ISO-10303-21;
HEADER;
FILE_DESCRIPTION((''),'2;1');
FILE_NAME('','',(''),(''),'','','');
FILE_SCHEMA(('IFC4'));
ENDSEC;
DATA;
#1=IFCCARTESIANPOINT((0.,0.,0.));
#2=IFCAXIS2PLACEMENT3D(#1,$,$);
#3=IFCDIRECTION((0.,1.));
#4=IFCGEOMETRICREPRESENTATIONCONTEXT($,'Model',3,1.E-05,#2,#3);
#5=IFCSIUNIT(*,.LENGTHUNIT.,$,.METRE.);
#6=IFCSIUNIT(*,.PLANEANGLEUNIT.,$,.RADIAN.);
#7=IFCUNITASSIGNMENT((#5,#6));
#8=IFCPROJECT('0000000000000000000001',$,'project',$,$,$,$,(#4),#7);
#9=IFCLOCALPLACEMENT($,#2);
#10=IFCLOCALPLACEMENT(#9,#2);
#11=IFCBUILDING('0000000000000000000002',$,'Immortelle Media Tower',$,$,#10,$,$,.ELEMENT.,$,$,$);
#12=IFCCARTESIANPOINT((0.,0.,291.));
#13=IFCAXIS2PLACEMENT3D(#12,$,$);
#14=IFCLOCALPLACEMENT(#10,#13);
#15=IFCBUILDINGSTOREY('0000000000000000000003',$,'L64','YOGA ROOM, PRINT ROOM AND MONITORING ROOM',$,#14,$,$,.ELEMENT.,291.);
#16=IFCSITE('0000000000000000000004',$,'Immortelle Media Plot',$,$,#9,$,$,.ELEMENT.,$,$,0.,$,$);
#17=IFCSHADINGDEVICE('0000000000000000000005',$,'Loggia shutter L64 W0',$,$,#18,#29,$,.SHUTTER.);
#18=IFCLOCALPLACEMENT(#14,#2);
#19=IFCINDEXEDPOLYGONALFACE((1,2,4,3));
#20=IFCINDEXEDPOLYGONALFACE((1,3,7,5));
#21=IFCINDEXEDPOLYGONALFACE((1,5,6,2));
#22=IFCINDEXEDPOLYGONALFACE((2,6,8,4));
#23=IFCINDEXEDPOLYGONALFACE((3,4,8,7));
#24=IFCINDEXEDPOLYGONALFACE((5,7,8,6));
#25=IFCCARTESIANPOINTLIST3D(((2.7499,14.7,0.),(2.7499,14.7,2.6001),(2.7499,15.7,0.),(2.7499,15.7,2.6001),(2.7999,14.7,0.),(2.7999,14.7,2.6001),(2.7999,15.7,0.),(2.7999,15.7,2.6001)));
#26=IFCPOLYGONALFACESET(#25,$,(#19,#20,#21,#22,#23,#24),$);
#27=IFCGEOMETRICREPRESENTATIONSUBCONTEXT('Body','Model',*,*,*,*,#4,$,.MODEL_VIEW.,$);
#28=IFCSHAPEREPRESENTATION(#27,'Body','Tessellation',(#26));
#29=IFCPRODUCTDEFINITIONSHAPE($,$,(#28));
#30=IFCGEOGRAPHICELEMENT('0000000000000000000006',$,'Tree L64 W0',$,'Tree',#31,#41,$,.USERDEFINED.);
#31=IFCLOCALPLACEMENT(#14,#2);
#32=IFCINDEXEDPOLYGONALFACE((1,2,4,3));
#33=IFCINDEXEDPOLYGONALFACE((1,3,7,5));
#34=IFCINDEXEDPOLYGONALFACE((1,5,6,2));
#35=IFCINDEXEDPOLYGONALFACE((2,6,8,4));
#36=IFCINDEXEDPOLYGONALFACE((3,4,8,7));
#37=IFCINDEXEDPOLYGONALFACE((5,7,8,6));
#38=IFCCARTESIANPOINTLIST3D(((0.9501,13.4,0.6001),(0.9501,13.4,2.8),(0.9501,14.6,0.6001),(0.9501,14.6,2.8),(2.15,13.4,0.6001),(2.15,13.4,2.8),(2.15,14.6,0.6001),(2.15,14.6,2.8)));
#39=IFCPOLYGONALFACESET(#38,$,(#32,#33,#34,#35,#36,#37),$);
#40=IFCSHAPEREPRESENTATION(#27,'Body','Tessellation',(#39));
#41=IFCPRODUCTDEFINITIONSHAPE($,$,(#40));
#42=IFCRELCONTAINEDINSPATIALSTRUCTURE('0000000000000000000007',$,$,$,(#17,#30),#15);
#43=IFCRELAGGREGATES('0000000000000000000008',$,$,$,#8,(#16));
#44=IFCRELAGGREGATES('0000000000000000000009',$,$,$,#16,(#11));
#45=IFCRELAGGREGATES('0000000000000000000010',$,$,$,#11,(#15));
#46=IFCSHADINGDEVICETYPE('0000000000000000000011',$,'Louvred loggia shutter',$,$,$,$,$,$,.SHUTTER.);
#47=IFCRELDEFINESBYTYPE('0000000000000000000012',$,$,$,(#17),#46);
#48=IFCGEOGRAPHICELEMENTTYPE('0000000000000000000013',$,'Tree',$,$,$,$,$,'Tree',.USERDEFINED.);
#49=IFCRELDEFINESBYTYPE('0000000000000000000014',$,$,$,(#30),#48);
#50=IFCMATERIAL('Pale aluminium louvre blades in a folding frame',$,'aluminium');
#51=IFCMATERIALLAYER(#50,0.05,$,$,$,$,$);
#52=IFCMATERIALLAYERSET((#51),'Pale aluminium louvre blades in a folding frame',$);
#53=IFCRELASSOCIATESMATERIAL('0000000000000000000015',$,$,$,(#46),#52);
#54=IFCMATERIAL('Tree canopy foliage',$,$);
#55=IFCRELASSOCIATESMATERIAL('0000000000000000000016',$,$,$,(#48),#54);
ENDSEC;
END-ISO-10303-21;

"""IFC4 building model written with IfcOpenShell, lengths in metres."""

from ifc_helpers import new_model, si_unit, direction, frame, origin, origin_2d, place, context, subcontext, project, spatial, rectangle, extrude, material, layer, layer_set, type_object, element, save


model = new_model("IFC4")

# Units and contexts
model_context = context("Model", 3, precision=1e-05, world=origin(), true_north=direction((0.0, 1.0)))
body_context = subcontext(model_context, "Body", "Model", "MODEL_VIEW")
ifc_project = project(units=[si_unit("LENGTHUNIT", "METRE"), si_unit("PLANEANGLEUNIT", "RADIAN")], contexts=[model_context])

# Site, building, storey
site_placement = place(None, origin())
site = spatial("IfcSite", under=ifc_project, at=site_placement, Name="Immortelle Media Plot", CompositionType="ELEMENT", RefElevation=0.0)
building_placement = place(site_placement, origin())
building = spatial("IfcBuilding", under=site, at=building_placement, Name="Immortelle Media Tower", CompositionType="ELEMENT")
storey_placement = place(building_placement, frame((0.0, 0.0, 291.0)))
storey = spatial("IfcBuildingStorey", under=building, at=storey_placement, Name="L64", Description="YOGA ROOM, PRINT ROOM AND MONITORING ROOM", CompositionType="ELEMENT", Elevation=291.0)

# Shading device
ifc_material_1 = material(Name="Pale aluminium louvre blades in a folding frame", Category="aluminium")
ifc_layer_1 = layer(ifc_material_1, 0.05)
ifc_layer_set_1 = layer_set([ifc_layer_1], Name="Pale aluminium louvre blades in a folding frame")
shading_device_type_1 = type_object("IfcShadingDeviceType", Name="Louvred loggia shutter", PredefinedType="SHUTTER", material=ifc_layer_set_1)
shading_device_1_placement = place(storey_placement, frame((2.7749, 15.2, 0.0), z_axis=(0.0, 0.0, 1.0), x_axis=(0.0, -1.0, 0.0)))
element("IfcShadingDevice", 1, at=shading_device_1_placement, inside=storey, type_object=shading_device_type_1, Name="Loggia shutter L64 W0", PredefinedType="SHUTTER", context=body_context, shape_type="SweptSolid", body=[
    extrude(rectangle(XDim=1.0, YDim=0.05, at=origin_2d()), origin(), (0.0, 0.0, 1.0), 2.6001),
])

# Geographic element
ifc_material_2 = material(Name="Tree canopy foliage")
geographic_element_type = type_object("IfcGeographicElementType", Name="Tree", ElementType="Tree", PredefinedType="USERDEFINED", material=ifc_material_2)
geographic_element_placement = place(storey_placement, frame((1.55, 14.0, 0.6001), z_axis=(0.0, 0.0, 1.0), x_axis=(1.0, 0.0, 0.0)))
element("IfcGeographicElement", 2, at=geographic_element_placement, inside=storey, type_object=geographic_element_type, Name="Tree L64 W0", ObjectType="Tree", PredefinedType="USERDEFINED", context=body_context, shape_type="SweptSolid", body=[
    extrude(rectangle(XDim=1.2, YDim=1.2, at=origin_2d()), origin(), (0.0, 0.0, 1.0), 2.2),
])

save(model, "model.ifc")
